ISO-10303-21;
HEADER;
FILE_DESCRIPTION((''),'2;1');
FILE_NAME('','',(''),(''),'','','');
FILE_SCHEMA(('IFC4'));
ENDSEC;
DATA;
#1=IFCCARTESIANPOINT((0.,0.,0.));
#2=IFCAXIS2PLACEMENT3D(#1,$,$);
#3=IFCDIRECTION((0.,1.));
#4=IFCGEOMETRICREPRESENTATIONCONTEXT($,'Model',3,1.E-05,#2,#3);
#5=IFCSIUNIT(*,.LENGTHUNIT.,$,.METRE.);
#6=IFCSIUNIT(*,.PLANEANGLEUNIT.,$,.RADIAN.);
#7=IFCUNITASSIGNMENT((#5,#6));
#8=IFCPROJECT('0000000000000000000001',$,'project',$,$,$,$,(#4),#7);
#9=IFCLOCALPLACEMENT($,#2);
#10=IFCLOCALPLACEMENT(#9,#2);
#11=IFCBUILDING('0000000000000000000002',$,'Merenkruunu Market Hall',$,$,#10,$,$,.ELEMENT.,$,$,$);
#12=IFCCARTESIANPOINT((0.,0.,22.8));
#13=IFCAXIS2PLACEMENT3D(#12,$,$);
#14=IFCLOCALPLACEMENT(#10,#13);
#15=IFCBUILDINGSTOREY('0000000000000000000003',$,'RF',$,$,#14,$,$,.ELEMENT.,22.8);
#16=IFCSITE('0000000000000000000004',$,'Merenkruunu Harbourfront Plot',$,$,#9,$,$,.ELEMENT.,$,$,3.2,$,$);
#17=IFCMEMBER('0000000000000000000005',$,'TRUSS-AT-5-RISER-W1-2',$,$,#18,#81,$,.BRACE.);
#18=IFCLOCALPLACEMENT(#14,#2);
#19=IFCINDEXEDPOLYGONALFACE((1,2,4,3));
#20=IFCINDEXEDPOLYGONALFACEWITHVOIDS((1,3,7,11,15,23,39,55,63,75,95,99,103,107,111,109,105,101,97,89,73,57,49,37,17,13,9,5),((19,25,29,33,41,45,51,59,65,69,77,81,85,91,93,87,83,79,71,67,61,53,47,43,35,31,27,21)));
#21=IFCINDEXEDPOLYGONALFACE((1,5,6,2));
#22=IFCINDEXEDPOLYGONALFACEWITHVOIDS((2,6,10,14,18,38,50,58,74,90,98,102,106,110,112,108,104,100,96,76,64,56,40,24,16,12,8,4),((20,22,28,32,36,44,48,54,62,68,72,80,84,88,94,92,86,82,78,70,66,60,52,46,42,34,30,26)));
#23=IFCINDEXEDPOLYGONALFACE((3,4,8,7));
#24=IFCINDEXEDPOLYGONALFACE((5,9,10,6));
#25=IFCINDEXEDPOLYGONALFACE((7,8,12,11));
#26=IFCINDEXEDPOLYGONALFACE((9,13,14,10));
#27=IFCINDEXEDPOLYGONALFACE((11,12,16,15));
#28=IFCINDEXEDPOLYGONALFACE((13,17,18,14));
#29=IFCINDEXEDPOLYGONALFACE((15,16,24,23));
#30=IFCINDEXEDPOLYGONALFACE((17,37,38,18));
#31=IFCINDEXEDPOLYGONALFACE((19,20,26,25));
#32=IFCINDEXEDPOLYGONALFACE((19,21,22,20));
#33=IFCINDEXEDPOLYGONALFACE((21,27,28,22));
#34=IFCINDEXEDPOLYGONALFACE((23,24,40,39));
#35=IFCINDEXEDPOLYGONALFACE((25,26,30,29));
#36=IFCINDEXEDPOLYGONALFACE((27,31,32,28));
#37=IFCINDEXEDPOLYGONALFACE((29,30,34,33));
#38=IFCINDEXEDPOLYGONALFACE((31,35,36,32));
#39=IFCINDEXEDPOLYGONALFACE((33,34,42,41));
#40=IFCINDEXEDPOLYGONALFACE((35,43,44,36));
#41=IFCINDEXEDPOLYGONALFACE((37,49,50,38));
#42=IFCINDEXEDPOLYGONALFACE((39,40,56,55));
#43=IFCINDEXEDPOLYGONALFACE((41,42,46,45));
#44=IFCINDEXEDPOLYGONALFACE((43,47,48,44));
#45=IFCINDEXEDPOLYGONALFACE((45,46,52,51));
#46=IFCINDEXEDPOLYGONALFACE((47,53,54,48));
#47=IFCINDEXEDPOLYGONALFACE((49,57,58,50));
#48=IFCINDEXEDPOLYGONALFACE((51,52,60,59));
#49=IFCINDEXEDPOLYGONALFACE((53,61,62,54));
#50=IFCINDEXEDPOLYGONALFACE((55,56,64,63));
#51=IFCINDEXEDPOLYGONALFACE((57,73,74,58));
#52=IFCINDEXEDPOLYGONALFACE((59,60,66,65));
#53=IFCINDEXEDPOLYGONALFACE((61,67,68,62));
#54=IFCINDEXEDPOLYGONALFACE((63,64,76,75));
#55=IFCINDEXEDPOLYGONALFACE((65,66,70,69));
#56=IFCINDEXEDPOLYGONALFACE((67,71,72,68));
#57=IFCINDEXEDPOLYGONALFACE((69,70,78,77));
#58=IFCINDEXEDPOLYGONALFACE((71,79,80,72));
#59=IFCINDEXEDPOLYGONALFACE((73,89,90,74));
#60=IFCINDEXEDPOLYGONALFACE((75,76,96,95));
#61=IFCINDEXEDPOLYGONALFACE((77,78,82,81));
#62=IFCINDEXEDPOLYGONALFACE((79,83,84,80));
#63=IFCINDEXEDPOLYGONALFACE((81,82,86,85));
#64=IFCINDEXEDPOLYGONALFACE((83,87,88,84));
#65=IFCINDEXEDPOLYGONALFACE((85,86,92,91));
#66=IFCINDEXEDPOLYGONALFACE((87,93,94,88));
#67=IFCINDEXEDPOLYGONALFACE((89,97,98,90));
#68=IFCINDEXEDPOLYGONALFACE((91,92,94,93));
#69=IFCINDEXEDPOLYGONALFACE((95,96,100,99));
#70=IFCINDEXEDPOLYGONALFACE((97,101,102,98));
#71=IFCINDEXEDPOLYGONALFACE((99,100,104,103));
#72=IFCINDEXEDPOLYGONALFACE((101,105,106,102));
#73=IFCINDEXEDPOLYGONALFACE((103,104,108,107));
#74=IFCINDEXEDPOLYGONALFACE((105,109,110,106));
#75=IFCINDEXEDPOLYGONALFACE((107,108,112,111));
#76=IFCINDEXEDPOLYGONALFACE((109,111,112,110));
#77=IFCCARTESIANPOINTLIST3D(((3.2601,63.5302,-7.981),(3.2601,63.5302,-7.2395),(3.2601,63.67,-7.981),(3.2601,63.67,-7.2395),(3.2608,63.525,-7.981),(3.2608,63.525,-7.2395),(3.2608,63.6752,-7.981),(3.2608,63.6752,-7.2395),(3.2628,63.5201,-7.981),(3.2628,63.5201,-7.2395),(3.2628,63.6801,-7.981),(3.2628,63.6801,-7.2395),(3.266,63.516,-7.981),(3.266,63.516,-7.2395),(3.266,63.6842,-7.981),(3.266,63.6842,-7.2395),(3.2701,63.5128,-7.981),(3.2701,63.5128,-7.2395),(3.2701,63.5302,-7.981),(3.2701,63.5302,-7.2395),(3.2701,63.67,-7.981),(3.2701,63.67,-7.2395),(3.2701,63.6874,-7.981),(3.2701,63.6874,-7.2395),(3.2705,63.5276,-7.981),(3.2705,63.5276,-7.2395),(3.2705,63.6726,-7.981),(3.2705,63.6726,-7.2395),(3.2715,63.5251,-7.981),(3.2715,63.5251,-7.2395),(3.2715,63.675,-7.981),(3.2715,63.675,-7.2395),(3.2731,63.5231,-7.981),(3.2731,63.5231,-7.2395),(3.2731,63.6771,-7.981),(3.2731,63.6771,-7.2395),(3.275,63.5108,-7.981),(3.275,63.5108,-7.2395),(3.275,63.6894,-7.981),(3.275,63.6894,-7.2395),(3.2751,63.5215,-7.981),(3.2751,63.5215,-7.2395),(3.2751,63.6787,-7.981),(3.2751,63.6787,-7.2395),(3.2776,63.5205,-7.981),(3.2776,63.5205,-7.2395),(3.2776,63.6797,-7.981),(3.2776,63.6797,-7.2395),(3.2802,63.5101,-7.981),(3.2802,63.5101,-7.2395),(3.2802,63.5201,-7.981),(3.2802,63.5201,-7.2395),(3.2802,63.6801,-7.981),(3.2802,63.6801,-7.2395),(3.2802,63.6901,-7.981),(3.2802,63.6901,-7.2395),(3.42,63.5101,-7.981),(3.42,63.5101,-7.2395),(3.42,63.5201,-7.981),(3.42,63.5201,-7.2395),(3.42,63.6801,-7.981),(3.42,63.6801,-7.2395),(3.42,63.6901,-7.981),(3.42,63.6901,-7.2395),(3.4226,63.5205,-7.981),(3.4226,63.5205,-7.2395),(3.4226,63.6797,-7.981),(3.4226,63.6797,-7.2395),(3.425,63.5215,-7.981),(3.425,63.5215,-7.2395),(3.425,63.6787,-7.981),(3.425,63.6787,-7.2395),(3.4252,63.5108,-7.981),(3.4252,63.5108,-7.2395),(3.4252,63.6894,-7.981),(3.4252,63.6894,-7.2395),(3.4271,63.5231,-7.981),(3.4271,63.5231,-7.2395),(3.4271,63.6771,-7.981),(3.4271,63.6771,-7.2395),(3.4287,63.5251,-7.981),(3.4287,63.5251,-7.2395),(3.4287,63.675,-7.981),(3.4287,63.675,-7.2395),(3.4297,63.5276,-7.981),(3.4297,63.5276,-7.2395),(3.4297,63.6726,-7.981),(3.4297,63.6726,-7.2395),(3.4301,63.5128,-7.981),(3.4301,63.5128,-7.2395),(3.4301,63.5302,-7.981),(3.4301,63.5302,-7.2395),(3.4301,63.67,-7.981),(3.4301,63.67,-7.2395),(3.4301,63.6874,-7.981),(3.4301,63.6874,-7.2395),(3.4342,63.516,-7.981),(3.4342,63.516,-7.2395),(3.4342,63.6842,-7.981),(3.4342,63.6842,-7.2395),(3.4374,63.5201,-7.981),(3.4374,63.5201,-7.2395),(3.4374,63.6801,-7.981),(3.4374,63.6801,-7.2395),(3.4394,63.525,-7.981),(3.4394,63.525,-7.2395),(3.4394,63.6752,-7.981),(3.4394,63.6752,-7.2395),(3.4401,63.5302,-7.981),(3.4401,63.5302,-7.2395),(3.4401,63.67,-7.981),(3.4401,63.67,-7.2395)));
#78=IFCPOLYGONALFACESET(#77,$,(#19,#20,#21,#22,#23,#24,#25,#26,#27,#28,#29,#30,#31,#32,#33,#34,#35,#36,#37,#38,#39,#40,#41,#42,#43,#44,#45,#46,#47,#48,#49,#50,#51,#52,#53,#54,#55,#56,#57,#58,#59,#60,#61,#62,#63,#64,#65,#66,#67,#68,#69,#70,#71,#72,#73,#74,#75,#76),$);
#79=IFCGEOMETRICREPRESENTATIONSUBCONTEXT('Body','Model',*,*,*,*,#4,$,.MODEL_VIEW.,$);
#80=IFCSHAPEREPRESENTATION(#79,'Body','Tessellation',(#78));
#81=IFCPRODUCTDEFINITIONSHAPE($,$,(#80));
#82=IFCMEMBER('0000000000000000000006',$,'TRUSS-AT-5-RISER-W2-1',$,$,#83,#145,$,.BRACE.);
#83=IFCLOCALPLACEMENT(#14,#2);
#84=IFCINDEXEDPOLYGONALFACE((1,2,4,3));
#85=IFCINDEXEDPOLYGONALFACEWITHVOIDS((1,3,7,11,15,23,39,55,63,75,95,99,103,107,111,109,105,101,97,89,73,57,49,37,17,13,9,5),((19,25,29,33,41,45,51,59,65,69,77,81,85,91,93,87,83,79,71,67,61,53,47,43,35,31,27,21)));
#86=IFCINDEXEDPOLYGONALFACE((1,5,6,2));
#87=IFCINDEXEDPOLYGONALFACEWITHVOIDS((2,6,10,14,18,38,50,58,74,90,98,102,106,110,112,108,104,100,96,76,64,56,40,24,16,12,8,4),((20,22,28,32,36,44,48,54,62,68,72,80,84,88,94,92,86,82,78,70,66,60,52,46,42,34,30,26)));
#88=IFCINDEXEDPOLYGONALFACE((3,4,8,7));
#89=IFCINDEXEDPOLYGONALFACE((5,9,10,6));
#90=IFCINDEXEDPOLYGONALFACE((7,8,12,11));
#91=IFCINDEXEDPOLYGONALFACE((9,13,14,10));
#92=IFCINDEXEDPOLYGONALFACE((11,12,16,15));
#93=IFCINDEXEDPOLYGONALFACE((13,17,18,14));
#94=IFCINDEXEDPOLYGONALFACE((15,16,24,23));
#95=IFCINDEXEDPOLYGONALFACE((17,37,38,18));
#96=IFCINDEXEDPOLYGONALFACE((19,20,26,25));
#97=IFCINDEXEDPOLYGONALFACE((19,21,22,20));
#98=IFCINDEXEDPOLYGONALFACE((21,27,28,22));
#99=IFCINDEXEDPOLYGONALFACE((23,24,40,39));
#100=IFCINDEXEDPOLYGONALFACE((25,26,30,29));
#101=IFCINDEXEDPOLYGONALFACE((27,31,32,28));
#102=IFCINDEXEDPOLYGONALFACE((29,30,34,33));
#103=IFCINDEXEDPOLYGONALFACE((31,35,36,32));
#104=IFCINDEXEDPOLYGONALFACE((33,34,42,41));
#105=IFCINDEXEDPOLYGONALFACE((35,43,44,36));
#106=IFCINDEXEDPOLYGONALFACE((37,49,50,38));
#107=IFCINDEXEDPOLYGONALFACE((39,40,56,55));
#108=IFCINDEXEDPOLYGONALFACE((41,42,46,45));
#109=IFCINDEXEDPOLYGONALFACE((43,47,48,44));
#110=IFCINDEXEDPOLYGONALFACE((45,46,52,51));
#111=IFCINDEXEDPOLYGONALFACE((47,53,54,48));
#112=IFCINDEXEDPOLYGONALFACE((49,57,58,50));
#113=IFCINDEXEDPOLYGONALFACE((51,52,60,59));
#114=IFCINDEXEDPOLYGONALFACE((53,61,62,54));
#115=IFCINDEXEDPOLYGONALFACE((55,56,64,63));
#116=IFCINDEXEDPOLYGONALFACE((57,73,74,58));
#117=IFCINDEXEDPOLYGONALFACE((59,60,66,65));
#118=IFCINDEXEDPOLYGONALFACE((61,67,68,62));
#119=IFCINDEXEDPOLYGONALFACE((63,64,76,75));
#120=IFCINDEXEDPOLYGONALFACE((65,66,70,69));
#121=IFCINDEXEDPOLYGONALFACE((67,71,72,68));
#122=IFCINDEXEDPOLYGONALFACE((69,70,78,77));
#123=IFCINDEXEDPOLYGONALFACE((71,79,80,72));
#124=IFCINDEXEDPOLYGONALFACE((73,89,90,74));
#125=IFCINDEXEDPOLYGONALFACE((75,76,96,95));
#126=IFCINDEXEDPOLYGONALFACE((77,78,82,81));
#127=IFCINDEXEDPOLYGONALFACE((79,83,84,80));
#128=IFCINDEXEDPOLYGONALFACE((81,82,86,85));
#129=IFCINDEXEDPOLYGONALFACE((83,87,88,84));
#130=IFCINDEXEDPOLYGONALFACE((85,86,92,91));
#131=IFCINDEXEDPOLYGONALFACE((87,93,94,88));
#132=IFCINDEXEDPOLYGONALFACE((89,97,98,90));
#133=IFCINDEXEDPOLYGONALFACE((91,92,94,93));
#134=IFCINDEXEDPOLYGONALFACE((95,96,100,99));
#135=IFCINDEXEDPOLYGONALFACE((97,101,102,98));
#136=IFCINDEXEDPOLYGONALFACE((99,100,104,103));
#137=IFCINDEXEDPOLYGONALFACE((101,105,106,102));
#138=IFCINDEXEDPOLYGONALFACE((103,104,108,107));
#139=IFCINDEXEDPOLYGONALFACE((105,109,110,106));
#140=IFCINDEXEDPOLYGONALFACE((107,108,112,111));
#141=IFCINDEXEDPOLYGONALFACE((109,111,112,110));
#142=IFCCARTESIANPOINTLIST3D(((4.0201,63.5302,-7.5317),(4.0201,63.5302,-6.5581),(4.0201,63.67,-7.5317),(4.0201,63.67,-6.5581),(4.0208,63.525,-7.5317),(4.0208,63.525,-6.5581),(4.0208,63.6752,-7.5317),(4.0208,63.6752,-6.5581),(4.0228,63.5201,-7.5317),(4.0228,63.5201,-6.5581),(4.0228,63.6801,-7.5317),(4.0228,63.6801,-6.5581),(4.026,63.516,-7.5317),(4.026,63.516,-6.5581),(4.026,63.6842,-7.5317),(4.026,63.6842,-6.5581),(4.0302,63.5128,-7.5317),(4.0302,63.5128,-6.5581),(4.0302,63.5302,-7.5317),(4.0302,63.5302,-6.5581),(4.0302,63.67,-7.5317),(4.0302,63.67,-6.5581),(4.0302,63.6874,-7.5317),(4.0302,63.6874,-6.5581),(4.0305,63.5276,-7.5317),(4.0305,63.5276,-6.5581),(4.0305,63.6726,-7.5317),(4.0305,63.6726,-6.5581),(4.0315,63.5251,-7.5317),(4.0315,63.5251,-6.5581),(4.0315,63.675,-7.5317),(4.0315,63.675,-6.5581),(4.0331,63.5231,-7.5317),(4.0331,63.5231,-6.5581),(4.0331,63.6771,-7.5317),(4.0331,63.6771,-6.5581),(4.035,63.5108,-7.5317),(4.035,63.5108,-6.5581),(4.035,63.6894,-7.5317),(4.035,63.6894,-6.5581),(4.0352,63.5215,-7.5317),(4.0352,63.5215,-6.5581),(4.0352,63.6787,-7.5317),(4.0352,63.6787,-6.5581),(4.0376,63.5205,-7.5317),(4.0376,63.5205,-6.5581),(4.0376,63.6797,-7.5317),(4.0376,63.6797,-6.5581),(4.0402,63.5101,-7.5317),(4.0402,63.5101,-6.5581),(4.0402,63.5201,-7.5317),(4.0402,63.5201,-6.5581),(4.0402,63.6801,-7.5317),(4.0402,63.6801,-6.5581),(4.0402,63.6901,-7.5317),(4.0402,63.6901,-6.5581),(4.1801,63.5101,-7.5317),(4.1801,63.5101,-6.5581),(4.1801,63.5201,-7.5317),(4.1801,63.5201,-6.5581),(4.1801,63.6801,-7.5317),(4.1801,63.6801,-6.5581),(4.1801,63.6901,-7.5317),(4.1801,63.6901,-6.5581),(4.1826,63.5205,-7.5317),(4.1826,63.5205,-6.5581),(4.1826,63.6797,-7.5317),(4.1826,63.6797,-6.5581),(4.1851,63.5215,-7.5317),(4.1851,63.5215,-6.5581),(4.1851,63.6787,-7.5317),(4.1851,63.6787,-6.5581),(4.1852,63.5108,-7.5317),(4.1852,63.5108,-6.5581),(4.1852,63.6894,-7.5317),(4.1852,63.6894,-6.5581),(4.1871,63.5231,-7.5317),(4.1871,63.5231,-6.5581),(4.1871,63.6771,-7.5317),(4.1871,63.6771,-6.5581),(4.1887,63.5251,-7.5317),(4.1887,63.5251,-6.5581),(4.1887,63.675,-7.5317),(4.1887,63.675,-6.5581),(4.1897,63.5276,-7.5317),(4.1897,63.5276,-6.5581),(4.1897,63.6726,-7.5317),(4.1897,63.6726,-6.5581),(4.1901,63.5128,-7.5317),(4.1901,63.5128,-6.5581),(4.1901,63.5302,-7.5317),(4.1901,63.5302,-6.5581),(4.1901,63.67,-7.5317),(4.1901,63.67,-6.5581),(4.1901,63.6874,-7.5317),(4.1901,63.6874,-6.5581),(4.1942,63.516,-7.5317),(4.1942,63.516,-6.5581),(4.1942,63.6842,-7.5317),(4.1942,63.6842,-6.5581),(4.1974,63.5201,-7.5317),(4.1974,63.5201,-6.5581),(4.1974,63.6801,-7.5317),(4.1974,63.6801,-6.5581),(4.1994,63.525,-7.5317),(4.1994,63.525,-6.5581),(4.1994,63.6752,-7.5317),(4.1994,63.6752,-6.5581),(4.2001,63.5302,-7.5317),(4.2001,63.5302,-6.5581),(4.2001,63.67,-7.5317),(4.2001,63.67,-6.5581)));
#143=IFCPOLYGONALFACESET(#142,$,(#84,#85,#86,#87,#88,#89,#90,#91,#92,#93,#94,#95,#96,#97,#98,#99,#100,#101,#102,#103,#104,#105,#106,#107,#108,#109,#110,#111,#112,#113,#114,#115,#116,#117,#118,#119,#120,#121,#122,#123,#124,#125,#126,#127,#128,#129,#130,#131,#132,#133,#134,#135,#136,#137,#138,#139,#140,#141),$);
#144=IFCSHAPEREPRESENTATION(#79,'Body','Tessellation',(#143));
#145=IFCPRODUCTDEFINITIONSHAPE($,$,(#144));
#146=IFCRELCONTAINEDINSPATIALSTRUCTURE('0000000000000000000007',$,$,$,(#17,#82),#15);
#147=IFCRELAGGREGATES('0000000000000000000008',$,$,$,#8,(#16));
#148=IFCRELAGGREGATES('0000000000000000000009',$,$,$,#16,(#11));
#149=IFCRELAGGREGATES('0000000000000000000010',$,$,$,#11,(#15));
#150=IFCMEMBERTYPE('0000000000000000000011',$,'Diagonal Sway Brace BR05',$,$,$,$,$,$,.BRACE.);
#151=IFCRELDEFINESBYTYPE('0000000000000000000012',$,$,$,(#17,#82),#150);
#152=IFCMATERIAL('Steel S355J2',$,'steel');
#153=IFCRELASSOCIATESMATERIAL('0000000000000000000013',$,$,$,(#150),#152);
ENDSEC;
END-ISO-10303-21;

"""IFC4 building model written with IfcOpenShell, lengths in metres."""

from ifc_helpers import new_model, si_unit, direction, frame, origin, origin_2d, place, context, subcontext, project, spatial, hollow_rectangle, extrude, material, material_profile, profile_set, type_object, element, save


model = new_model("IFC4")

# Units and contexts
model_context = context("Model", 3, precision=1e-05, world=origin(), true_north=direction((0.0, 1.0)))
body_context = subcontext(model_context, "Body", "Model", "MODEL_VIEW")
ifc_project = project(units=[si_unit("LENGTHUNIT", "METRE"), si_unit("PLANEANGLEUNIT", "RADIAN")], contexts=[model_context])

# Site, building, storey
site_placement = place(None, origin())
site = spatial("IfcSite", under=ifc_project, at=site_placement, Name="Merenkruunu Harbourfront Plot", CompositionType="ELEMENT", RefElevation=3.2)
building_placement = place(site_placement, origin())
building = spatial("IfcBuilding", under=site, at=building_placement, Name="Merenkruunu Market Hall", CompositionType="ELEMENT")
storey_placement = place(building_placement, frame((0.0, 0.0, 22.8)))
storey = spatial("IfcBuildingStorey", under=building, at=storey_placement, Name="RF", CompositionType="ELEMENT", Elevation=22.8)

# Members
ifc_material_1 = material(Name="Steel S355J2", Category="steel")
ifc_material_profile_1 = material_profile(ifc_material_1, hollow_rectangle(XDim=0.1799, YDim=0.1799, WallThickness=0.01, InnerFilletRadius=0.01, OuterFilletRadius=0.02, at=origin_2d()), Name="SHS 180x180x10")
ifc_profile_set_1 = profile_set([ifc_material_profile_1], Name="Steel S355J2")
member_type_1 = type_object("IfcMemberType", Name="Diagonal Sway Brace BR05", PredefinedType="BRACE", material=ifc_profile_set_1)
member_1_placement = place(storey_placement, frame((3.3501, 63.6001, -7.981), z_axis=(0.0, 0.0, 1.0), x_axis=(1.0, 0.0, 0.0)))
element("IfcMember", 1, at=member_1_placement, inside=storey, type_object=member_type_1, Name="TRUSS-AT-5-RISER-W1-2", PredefinedType="BRACE", context=body_context, shape_type="SweptSolid", body=[
    extrude(hollow_rectangle(XDim=0.1799, YDim=0.1799, WallThickness=0.01, InnerFilletRadius=0.01, OuterFilletRadius=0.02, at=origin_2d()), origin(), (0.0, 0.0, 1.0), 0.7415),
])
member_2_placement = place(storey_placement, frame((4.1101, 63.6001, -7.5317), z_axis=(0.0, 0.0, 1.0), x_axis=(1.0, 0.0, 0.0)))
element("IfcMember", 2, at=member_2_placement, inside=storey, type_object=member_type_1, Name="TRUSS-AT-5-RISER-W2-1", PredefinedType="BRACE", context=body_context, shape_type="SweptSolid", body=[
    extrude(hollow_rectangle(XDim=0.1799, YDim=0.1799, WallThickness=0.01, InnerFilletRadius=0.01, OuterFilletRadius=0.02, at=origin_2d()), origin(), (0.0, 0.0, 1.0), 0.9736),
])

save(model, "model.ifc")
